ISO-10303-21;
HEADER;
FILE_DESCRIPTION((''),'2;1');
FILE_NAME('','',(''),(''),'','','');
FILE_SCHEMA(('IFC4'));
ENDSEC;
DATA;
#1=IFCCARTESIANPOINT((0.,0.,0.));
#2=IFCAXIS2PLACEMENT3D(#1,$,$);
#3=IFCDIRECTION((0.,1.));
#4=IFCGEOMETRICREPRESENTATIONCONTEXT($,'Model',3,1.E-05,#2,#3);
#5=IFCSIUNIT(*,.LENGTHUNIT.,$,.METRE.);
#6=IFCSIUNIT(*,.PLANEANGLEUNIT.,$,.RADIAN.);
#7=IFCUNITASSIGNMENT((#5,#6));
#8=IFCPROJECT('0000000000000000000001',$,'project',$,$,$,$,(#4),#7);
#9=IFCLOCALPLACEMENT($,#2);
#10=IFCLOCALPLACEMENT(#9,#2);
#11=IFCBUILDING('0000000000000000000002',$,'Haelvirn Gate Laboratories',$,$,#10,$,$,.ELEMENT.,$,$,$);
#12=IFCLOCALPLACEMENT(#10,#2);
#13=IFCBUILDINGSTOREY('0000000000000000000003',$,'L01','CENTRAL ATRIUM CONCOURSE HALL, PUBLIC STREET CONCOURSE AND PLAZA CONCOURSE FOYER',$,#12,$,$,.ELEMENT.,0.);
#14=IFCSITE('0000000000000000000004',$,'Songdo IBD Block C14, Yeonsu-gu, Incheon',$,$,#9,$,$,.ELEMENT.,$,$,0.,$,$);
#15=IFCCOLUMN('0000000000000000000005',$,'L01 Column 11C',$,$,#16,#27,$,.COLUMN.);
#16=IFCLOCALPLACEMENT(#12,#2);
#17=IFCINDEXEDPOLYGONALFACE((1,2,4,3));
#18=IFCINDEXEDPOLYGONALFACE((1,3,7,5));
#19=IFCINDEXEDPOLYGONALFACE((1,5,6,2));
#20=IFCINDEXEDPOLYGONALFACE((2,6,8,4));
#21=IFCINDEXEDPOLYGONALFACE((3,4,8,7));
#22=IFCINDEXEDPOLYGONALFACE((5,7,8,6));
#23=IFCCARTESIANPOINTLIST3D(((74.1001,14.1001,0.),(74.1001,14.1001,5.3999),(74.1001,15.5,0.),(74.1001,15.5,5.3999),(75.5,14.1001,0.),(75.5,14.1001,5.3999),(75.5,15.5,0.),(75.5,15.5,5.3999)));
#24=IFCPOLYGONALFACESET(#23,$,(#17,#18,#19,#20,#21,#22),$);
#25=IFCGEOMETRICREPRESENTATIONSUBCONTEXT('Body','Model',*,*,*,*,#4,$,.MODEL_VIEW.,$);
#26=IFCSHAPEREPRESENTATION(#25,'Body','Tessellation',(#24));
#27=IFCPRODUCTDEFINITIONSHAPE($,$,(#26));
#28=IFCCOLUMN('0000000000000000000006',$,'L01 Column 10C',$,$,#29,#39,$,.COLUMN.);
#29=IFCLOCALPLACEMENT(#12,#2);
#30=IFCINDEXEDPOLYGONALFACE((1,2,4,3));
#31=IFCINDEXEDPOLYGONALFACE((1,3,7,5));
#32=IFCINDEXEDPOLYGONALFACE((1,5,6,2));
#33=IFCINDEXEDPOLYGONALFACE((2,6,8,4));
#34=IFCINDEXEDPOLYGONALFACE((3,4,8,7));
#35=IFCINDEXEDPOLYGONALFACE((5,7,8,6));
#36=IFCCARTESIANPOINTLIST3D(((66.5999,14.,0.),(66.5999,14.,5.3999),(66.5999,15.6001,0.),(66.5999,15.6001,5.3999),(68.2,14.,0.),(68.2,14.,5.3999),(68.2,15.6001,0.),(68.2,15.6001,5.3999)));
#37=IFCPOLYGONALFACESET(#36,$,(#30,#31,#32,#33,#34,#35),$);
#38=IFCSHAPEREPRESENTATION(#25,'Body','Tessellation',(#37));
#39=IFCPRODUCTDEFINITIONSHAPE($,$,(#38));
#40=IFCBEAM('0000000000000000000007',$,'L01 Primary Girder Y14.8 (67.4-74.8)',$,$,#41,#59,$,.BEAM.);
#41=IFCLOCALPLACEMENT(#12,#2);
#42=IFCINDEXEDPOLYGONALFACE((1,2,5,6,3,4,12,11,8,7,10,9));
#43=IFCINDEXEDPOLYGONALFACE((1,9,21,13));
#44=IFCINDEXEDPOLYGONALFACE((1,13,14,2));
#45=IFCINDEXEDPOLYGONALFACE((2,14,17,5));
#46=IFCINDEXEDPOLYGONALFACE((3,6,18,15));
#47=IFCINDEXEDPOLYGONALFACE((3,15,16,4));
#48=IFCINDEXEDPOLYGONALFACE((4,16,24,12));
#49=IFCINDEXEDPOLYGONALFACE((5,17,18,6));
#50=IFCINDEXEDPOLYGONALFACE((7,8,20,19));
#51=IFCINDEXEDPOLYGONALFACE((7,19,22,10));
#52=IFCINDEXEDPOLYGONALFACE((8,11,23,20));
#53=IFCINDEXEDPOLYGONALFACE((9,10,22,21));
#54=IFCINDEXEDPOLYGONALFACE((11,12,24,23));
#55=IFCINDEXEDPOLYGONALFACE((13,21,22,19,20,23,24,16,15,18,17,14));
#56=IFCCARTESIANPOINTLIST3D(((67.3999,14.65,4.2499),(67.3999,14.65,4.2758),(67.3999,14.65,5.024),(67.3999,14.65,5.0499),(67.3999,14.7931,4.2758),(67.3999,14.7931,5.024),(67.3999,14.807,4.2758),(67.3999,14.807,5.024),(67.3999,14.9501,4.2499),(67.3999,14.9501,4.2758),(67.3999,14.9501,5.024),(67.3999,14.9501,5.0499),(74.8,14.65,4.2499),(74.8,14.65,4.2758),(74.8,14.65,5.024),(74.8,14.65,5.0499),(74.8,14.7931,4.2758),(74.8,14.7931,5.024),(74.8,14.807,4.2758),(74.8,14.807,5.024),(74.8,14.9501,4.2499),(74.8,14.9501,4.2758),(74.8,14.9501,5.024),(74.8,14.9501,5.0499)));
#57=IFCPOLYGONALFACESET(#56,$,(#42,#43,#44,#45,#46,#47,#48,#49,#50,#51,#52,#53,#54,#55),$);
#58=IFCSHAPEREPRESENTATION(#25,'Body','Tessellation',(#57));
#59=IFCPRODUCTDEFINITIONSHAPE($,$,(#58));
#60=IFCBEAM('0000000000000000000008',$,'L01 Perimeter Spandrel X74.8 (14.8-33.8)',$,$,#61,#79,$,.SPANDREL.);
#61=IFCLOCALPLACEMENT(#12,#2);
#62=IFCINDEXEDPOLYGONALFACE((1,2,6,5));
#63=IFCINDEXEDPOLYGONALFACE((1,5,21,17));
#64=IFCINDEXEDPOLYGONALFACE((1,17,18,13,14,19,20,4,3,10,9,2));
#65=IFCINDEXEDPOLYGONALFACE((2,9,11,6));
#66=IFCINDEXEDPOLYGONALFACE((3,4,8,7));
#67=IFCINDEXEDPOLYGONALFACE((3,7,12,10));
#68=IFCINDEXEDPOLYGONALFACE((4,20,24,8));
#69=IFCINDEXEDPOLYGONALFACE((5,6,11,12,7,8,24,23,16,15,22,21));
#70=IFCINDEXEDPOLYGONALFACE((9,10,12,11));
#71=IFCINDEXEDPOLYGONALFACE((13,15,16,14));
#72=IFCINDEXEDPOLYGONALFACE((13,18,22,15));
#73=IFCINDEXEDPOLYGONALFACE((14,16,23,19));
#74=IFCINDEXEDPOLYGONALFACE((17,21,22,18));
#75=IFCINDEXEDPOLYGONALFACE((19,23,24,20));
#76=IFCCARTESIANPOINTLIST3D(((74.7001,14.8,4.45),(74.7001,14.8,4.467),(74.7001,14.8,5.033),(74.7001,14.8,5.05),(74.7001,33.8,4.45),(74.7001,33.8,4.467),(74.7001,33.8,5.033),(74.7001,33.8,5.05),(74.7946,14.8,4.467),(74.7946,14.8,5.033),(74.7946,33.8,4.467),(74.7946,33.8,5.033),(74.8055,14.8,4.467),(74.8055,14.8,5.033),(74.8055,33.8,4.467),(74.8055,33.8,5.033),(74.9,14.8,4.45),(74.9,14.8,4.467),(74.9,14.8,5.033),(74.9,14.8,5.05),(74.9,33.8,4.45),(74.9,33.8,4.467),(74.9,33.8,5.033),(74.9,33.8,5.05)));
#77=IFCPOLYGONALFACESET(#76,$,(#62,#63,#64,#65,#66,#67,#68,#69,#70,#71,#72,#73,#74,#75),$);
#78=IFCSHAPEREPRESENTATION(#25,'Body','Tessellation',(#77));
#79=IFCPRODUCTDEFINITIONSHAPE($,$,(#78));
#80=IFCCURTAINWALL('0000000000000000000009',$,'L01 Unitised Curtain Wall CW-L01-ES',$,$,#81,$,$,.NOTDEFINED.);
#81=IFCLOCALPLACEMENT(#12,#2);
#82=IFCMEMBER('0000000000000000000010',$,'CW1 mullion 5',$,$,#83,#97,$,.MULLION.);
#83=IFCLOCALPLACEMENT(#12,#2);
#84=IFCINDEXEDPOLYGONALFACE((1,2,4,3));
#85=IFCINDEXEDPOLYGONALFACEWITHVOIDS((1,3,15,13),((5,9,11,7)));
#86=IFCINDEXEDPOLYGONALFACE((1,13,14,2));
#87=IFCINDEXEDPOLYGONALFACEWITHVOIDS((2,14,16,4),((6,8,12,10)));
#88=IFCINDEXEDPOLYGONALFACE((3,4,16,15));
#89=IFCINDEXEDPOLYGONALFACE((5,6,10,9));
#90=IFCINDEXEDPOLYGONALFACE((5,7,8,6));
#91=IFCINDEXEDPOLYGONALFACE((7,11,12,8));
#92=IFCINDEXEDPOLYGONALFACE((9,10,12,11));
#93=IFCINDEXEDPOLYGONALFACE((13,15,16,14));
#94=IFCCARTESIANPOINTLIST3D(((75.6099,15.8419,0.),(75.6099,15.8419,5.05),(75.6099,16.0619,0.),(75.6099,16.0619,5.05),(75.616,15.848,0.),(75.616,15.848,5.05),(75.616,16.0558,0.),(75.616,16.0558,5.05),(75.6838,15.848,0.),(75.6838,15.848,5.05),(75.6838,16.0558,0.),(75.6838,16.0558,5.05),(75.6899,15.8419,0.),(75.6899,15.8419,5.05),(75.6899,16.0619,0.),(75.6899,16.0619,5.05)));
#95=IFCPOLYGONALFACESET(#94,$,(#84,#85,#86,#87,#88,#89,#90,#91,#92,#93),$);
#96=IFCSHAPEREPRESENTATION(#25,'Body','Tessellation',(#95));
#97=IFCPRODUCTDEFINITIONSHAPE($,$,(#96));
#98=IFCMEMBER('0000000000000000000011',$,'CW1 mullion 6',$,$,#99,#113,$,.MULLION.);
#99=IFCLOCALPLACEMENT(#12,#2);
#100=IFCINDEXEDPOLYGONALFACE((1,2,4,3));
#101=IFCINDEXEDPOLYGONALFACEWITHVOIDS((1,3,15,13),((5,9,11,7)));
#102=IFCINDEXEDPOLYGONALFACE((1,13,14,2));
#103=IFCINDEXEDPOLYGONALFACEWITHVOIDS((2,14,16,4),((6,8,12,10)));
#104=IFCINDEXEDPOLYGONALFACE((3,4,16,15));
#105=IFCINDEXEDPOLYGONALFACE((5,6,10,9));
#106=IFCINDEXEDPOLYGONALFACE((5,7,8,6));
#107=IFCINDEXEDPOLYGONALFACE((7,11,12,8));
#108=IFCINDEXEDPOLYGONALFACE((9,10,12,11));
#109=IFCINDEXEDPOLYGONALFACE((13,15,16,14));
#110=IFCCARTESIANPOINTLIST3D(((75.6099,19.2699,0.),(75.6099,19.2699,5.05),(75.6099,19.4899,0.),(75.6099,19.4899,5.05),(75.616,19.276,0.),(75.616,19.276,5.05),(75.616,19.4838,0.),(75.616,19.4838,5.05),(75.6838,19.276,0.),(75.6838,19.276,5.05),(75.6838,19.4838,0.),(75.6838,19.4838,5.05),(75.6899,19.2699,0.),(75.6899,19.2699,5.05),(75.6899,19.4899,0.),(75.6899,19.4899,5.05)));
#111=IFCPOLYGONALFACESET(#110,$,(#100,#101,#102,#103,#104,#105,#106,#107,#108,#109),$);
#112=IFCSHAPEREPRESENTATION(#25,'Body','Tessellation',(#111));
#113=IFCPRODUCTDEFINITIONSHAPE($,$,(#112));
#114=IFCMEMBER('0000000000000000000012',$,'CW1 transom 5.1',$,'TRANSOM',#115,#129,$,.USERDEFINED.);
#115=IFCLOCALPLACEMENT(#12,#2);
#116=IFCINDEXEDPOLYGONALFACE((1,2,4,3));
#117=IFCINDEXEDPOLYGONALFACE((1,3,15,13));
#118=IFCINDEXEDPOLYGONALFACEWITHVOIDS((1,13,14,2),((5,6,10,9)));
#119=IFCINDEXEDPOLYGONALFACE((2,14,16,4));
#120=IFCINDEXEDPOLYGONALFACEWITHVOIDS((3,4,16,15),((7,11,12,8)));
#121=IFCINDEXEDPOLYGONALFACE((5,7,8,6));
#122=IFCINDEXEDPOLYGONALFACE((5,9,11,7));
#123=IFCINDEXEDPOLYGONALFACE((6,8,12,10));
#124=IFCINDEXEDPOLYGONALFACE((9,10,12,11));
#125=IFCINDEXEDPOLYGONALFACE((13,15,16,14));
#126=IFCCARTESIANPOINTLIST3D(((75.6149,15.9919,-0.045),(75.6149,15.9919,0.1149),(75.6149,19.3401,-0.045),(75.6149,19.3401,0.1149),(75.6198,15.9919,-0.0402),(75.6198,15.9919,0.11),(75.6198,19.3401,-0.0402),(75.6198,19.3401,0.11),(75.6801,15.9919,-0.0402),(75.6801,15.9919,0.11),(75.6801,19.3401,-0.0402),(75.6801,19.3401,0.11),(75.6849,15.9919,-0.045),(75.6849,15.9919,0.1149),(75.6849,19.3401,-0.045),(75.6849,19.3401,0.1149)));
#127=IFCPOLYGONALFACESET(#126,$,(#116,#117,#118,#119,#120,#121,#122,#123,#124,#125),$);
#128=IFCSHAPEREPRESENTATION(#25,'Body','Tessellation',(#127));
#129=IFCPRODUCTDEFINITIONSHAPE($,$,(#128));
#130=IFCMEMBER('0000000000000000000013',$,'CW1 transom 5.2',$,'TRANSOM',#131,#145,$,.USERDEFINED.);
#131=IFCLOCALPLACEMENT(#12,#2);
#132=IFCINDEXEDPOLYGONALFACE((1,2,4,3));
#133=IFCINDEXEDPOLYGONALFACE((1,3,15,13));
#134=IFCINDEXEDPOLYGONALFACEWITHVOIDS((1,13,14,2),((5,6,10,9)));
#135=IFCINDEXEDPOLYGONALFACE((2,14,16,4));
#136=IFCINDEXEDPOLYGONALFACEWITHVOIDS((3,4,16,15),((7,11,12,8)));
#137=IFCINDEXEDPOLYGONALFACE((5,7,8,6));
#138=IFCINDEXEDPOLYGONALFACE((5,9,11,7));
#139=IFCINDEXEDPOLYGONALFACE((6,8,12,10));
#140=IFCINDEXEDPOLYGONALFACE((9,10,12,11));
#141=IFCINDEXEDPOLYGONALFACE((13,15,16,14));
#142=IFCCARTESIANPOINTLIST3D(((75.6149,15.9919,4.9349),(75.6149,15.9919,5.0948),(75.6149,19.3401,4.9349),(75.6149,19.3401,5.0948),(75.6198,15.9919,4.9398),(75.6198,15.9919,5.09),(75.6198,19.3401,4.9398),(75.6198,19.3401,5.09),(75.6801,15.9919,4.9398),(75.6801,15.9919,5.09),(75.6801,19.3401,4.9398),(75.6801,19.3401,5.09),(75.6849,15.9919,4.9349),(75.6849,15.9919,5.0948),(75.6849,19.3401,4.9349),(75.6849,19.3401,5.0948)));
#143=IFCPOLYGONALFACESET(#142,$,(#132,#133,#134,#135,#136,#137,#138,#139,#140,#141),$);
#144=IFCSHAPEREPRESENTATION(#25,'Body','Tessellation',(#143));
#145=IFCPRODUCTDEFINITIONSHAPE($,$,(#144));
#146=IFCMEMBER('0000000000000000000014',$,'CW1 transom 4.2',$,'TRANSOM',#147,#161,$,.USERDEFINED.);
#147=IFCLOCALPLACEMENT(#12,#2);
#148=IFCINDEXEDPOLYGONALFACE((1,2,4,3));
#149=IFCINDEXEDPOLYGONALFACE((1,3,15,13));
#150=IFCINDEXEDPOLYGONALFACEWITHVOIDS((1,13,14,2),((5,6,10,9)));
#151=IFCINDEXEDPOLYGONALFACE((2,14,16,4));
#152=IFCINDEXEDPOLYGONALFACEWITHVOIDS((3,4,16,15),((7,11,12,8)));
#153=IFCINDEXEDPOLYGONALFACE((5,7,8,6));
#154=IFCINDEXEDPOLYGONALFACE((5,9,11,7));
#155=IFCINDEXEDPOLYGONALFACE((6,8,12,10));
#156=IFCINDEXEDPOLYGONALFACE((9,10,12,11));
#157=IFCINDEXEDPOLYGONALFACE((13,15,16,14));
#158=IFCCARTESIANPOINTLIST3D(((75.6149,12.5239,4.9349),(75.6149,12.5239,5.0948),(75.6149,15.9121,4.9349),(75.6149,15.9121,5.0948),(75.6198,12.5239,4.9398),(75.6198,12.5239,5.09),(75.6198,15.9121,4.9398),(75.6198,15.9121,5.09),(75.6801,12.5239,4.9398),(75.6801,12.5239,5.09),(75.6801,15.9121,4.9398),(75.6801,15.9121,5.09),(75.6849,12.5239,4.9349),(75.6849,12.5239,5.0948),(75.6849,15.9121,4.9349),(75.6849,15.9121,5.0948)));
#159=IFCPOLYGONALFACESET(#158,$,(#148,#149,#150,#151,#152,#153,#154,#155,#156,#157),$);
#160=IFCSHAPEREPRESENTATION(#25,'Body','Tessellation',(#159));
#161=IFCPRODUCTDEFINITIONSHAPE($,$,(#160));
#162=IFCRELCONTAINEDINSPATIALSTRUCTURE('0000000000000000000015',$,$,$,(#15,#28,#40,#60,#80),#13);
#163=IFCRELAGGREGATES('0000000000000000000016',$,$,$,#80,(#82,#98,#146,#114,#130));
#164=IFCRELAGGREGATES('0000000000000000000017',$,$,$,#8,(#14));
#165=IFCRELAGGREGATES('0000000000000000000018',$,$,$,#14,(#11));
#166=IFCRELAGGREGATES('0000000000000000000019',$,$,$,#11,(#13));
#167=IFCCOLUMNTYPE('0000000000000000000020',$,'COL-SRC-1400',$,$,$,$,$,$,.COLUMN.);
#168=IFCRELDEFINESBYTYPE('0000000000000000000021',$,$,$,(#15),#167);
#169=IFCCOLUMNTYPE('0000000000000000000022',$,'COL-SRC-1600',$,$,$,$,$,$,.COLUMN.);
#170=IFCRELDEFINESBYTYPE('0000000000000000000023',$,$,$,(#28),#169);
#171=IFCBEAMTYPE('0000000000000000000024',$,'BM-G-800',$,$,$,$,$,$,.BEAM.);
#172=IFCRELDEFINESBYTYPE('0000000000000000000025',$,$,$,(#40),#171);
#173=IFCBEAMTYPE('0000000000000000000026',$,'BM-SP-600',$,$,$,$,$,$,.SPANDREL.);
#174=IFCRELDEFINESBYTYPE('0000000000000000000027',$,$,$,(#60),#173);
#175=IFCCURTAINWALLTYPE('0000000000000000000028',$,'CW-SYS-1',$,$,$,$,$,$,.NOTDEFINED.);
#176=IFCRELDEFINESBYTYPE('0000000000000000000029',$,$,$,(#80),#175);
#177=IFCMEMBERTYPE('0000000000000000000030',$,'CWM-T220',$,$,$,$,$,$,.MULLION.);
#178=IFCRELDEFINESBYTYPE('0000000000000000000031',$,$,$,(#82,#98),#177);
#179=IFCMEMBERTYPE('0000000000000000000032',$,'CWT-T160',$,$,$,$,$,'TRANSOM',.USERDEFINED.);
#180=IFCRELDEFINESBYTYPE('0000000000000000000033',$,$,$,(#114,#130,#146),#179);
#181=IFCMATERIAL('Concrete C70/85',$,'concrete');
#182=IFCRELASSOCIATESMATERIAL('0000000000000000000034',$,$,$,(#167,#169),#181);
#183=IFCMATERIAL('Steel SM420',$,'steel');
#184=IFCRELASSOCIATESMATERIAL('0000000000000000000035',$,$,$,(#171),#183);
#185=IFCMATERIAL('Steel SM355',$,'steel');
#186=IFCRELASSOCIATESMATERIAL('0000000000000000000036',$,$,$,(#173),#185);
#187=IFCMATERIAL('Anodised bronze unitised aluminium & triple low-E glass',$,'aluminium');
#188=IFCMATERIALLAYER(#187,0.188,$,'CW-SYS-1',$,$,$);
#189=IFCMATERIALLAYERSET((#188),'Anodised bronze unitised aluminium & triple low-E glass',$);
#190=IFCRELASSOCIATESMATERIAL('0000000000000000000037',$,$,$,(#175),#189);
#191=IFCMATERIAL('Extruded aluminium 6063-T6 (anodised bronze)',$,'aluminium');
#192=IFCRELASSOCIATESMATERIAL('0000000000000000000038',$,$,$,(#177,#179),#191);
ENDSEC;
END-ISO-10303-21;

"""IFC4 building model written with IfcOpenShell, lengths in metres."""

from ifc_helpers import new_model, si_unit, direction, frame, origin, origin_2d, place, context, subcontext, project, spatial, rectangle, hollow_rectangle, i_section, extrude, source, transform, mapped, material, layer, layer_set, material_profile, profile_set, type_object, type_shapes, element, aggregate, save


model = new_model("IFC4")

# Units and contexts
model_context = context("Model", 3, precision=1e-05, world=origin(), true_north=direction((0.0, 1.0)))
body_context = subcontext(model_context, "Body", "Model", "MODEL_VIEW")
ifc_project = project(units=[si_unit("LENGTHUNIT", "METRE"), si_unit("PLANEANGLEUNIT", "RADIAN")], contexts=[model_context])

# Site, building, storey
site_placement = place(None, origin())
site = spatial("IfcSite", under=ifc_project, at=site_placement, Name="Songdo IBD Block C14, Yeonsu-gu, Incheon", CompositionType="ELEMENT", RefElevation=0.0)
building_placement = place(site_placement, origin())
building = spatial("IfcBuilding", under=site, at=building_placement, Name="Haelvirn Gate Laboratories", CompositionType="ELEMENT")
storey_placement = place(building_placement, origin())
storey = spatial("IfcBuildingStorey", under=building, at=storey_placement, Name="L01", Description="CENTRAL ATRIUM CONCOURSE HALL, PUBLIC STREET CONCOURSE AND PLAZA CONCOURSE FOYER", CompositionType="ELEMENT", Elevation=0.0)

# Columns
ifc_material_1 = material(Name="Concrete C70/85", Category="concrete")
ifc_material_profile_1 = material_profile(ifc_material_1, rectangle(XDim=1.3999, YDim=1.3999, at=origin_2d()), Name="SRC-1400x1400")
ifc_profile_set_1 = profile_set([ifc_material_profile_1], Name="Concrete C70/85")
column_type_1 = type_object("IfcColumnType", Name="COL-SRC-1400", PredefinedType="COLUMN", material=ifc_profile_set_1)
shared_shape_1 = source(origin(), body_context, "Body", "SweptSolid", [
    extrude(rectangle(XDim=1.3999, YDim=1.3999, at=origin_2d()), origin(), (0.0, 0.0, 1.0), 5.3999),
])
type_shapes(column_type_1, [shared_shape_1])
column_1_placement = place(storey_placement, frame((74.8, 14.8, 0.0), z_axis=(0.0, 0.0, 1.0), x_axis=(1.0, 0.0, 0.0)))
element("IfcColumn", 1, at=column_1_placement, inside=storey, type_object=column_type_1, Name="L01 Column 11C", PredefinedType="COLUMN", context=body_context, shape_type="MappedRepresentation", body=[
    mapped(shared_shape_1, transform((0.0, 0.0, 0.0), scale=1.0)),
])
ifc_material_profile_2 = material_profile(ifc_material_1, rectangle(XDim=1.6001, YDim=1.6001, at=origin_2d()), Name="SRC-1600x1600")
ifc_profile_set_2 = profile_set([ifc_material_profile_2], Name="Concrete C70/85")
column_type_2 = type_object("IfcColumnType", Name="COL-SRC-1600", PredefinedType="COLUMN", material=ifc_profile_set_2)
shared_shape_2 = source(origin(), body_context, "Body", "SweptSolid", [
    extrude(rectangle(XDim=1.6001, YDim=1.6001, at=origin_2d()), origin(), (0.0, 0.0, 1.0), 5.3999),
])
type_shapes(column_type_2, [shared_shape_2])
column_2_placement = place(storey_placement, frame((67.3999, 14.8, 0.0), z_axis=(0.0, 0.0, 1.0), x_axis=(1.0, 0.0, 0.0)))
element("IfcColumn", 2, at=column_2_placement, inside=storey, type_object=column_type_2, Name="L01 Column 10C", PredefinedType="COLUMN", context=body_context, shape_type="MappedRepresentation", body=[
    mapped(shared_shape_2, transform((0.0, 0.0, 0.0), scale=1.0)),
])

# Beams
ifc_material_2 = material(Name="Steel SM420", Category="steel")
ifc_material_profile_3 = material_profile(ifc_material_2, i_section(OverallWidth=0.3, OverallDepth=0.8, WebThickness=0.0139, FlangeThickness=0.0259, at=origin_2d()), Name="H-800x300x14x26")
ifc_profile_set_3 = profile_set([ifc_material_profile_3], Name="Steel SM420")
beam_type_1 = type_object("IfcBeamType", Name="BM-G-800", PredefinedType="BEAM", material=ifc_profile_set_3)
shared_shape_3 = source(origin(), body_context, "Body", "SweptSolid", [
    extrude(i_section(OverallWidth=0.3, OverallDepth=0.8, WebThickness=0.0139, FlangeThickness=0.0259, at=origin_2d()), origin(), (0.0, 0.0, 1.0), 7.4001),
])
type_shapes(beam_type_1, [shared_shape_3])
beam_1_placement = place(storey_placement, frame((67.3999, 14.8, 4.6499), z_axis=(1.0, 0.0, 0.0), x_axis=(0.0, 1.0, 0.0)))
element("IfcBeam", 3, at=beam_1_placement, inside=storey, type_object=beam_type_1, Name="L01 Primary Girder Y14.8 (67.4-74.8)", PredefinedType="BEAM", context=body_context, shape_type="MappedRepresentation", body=[
    mapped(shared_shape_3, transform((0.0, 0.0, 0.0), scale=1.0)),
])
ifc_material_3 = material(Name="Steel SM355", Category="steel")
ifc_material_profile_4 = material_profile(ifc_material_3, i_section(OverallWidth=0.2, OverallDepth=0.6001, WebThickness=0.011, FlangeThickness=0.0171, at=origin_2d()), Name="H-600x200x11x17")
ifc_profile_set_4 = profile_set([ifc_material_profile_4], Name="Steel SM355")
beam_type_2 = type_object("IfcBeamType", Name="BM-SP-600", PredefinedType="SPANDREL", material=ifc_profile_set_4)
shared_shape_4 = source(origin(), body_context, "Body", "SweptSolid", [
    extrude(i_section(OverallWidth=0.2, OverallDepth=0.6001, WebThickness=0.011, FlangeThickness=0.0171, at=origin_2d()), origin(), (0.0, 0.0, 1.0), 19.0),
])
type_shapes(beam_type_2, [shared_shape_4])
beam_2_placement = place(storey_placement, frame((74.8, 14.8, 4.75), z_axis=(0.0, 1.0, 0.0), x_axis=(-1.0, 0.0, 0.0)))
element("IfcBeam", 4, at=beam_2_placement, inside=storey, type_object=beam_type_2, Name="L01 Perimeter Spandrel X74.8 (14.8-33.8)", PredefinedType="SPANDREL", context=body_context, shape_type="MappedRepresentation", body=[
    mapped(shared_shape_4, transform((0.0, 0.0, 0.0), scale=1.0)),
])

# Curtain wall, members
ifc_material_4 = material(Name="Anodised bronze unitised aluminium & triple low-E glass", Category="aluminium")
ifc_layer_1 = layer(ifc_material_4, 0.188, Name="CW-SYS-1")
ifc_layer_set_1 = layer_set([ifc_layer_1], Name="Anodised bronze unitised aluminium & triple low-E glass")
curtain_wall_type = type_object("IfcCurtainWallType", Name="CW-SYS-1", PredefinedType="NOTDEFINED", material=ifc_layer_set_1)
curtain_wall_placement = place(storey_placement, origin())
curtain_wall = element("IfcCurtainWall", 5, at=curtain_wall_placement, inside=storey, type_object=curtain_wall_type, Name="L01 Unitised Curtain Wall CW-L01-ES", PredefinedType="NOTDEFINED")
ifc_material_5 = material(Name="Extruded aluminium 6063-T6 (anodised bronze)", Category="aluminium")
ifc_material_profile_5 = material_profile(ifc_material_5, hollow_rectangle(XDim=0.0801, YDim=0.22, WallThickness=0.0061, at=origin_2d()), Name="CWM-220x80x6")
ifc_profile_set_5 = profile_set([ifc_material_profile_5], Name="Extruded aluminium 6063-T6 (anodised bronze)")
member_type_1 = type_object("IfcMemberType", Name="CWM-T220", PredefinedType="MULLION", material=ifc_profile_set_5)
shared_shape_5 = source(origin(), body_context, "Body", "SweptSolid", [
    extrude(hollow_rectangle(XDim=0.0801, YDim=0.22, WallThickness=0.0061, at=origin_2d()), origin(), (0.0, 0.0, 1.0), 5.05),
])
type_shapes(member_type_1, [shared_shape_5])
member_1_placement = place(storey_placement, frame((75.6499, 15.9519, 0.0), z_axis=(0.0, 0.0, 1.0), x_axis=(-1.0, 0.0, 0.0)))
member_1 = element("IfcMember", 6, at=member_1_placement, type_object=member_type_1, Name="CW1 mullion 5", PredefinedType="MULLION", context=body_context, shape_type="MappedRepresentation", body=[
    mapped(shared_shape_5, transform((0.0, 0.0, 0.0), scale=1.0)),
])
member_2_placement = place(storey_placement, frame((75.6499, 19.3799, 0.0), z_axis=(0.0, 0.0, 1.0), x_axis=(-1.0, 0.0, 0.0)))
member_2 = element("IfcMember", 7, at=member_2_placement, type_object=member_type_1, Name="CW1 mullion 6", PredefinedType="MULLION", context=body_context, shape_type="MappedRepresentation", body=[
    mapped(shared_shape_5, transform((0.0, 0.0, 0.0), scale=1.0)),
])
ifc_material_profile_6 = material_profile(ifc_material_5, hollow_rectangle(XDim=0.0701, YDim=0.1599, WallThickness=0.0049, at=origin_2d()), Name="CWT-160x70x5")
ifc_profile_set_6 = profile_set([ifc_material_profile_6], Name="Extruded aluminium 6063-T6 (anodised bronze)")
member_type_2 = type_object("IfcMemberType", Name="CWT-T160", ElementType="TRANSOM", PredefinedType="USERDEFINED", material=ifc_profile_set_6)
shared_shape_6 = source(origin(), body_context, "Body", "SweptSolid", [
    extrude(hollow_rectangle(XDim=0.0701, YDim=0.1599, WallThickness=0.0049, at=origin_2d()), origin(), (0.0, 0.0, 1.0), 3.3481),
])
member_3_placement = place(storey_placement, frame((75.6499, 15.9919, 0.0349), z_axis=(0.0, 1.0, 0.0), x_axis=(-1.0, 0.0, 0.0)))
member_3 = element("IfcMember", 8, at=member_3_placement, type_object=member_type_2, Name="CW1 transom 5.1", ObjectType="TRANSOM", PredefinedType="USERDEFINED", context=body_context, shape_type="MappedRepresentation", body=[
    mapped(shared_shape_6, transform((0.0, 0.0, 0.0), scale=1.0)),
])
member_4_placement = place(storey_placement, frame((75.6499, 15.9919, 5.0149), z_axis=(0.0, 1.0, 0.0), x_axis=(-1.0, 0.0, 0.0)))
member_4 = element("IfcMember", 9, at=member_4_placement, type_object=member_type_2, Name="CW1 transom 5.2", ObjectType="TRANSOM", PredefinedType="USERDEFINED", context=body_context, shape_type="MappedRepresentation", body=[
    mapped(shared_shape_6, transform((0.0, 0.0, 0.0), scale=1.0)),
])
shared_shape_7 = source(origin(), body_context, "Body", "SweptSolid", [
    extrude(hollow_rectangle(XDim=0.0701, YDim=0.1599, WallThickness=0.0049, at=origin_2d()), origin(), (0.0, 0.0, 1.0), 3.3882),
])
type_shapes(member_type_2, [shared_shape_6, shared_shape_7])
member_5_placement = place(storey_placement, frame((75.6499, 12.5239, 5.0149), z_axis=(0.0, 1.0, 0.0), x_axis=(-1.0, 0.0, 0.0)))
member_5 = element("IfcMember", 10, at=member_5_placement, type_object=member_type_2, Name="CW1 transom 4.2", ObjectType="TRANSOM", PredefinedType="USERDEFINED", context=body_context, shape_type="MappedRepresentation", body=[
    mapped(shared_shape_7, transform((0.0, 0.0, 0.0), scale=1.0)),
])
aggregate(curtain_wall, [member_1, member_2, member_5, member_3, member_4])

save(model, "model.ifc")
